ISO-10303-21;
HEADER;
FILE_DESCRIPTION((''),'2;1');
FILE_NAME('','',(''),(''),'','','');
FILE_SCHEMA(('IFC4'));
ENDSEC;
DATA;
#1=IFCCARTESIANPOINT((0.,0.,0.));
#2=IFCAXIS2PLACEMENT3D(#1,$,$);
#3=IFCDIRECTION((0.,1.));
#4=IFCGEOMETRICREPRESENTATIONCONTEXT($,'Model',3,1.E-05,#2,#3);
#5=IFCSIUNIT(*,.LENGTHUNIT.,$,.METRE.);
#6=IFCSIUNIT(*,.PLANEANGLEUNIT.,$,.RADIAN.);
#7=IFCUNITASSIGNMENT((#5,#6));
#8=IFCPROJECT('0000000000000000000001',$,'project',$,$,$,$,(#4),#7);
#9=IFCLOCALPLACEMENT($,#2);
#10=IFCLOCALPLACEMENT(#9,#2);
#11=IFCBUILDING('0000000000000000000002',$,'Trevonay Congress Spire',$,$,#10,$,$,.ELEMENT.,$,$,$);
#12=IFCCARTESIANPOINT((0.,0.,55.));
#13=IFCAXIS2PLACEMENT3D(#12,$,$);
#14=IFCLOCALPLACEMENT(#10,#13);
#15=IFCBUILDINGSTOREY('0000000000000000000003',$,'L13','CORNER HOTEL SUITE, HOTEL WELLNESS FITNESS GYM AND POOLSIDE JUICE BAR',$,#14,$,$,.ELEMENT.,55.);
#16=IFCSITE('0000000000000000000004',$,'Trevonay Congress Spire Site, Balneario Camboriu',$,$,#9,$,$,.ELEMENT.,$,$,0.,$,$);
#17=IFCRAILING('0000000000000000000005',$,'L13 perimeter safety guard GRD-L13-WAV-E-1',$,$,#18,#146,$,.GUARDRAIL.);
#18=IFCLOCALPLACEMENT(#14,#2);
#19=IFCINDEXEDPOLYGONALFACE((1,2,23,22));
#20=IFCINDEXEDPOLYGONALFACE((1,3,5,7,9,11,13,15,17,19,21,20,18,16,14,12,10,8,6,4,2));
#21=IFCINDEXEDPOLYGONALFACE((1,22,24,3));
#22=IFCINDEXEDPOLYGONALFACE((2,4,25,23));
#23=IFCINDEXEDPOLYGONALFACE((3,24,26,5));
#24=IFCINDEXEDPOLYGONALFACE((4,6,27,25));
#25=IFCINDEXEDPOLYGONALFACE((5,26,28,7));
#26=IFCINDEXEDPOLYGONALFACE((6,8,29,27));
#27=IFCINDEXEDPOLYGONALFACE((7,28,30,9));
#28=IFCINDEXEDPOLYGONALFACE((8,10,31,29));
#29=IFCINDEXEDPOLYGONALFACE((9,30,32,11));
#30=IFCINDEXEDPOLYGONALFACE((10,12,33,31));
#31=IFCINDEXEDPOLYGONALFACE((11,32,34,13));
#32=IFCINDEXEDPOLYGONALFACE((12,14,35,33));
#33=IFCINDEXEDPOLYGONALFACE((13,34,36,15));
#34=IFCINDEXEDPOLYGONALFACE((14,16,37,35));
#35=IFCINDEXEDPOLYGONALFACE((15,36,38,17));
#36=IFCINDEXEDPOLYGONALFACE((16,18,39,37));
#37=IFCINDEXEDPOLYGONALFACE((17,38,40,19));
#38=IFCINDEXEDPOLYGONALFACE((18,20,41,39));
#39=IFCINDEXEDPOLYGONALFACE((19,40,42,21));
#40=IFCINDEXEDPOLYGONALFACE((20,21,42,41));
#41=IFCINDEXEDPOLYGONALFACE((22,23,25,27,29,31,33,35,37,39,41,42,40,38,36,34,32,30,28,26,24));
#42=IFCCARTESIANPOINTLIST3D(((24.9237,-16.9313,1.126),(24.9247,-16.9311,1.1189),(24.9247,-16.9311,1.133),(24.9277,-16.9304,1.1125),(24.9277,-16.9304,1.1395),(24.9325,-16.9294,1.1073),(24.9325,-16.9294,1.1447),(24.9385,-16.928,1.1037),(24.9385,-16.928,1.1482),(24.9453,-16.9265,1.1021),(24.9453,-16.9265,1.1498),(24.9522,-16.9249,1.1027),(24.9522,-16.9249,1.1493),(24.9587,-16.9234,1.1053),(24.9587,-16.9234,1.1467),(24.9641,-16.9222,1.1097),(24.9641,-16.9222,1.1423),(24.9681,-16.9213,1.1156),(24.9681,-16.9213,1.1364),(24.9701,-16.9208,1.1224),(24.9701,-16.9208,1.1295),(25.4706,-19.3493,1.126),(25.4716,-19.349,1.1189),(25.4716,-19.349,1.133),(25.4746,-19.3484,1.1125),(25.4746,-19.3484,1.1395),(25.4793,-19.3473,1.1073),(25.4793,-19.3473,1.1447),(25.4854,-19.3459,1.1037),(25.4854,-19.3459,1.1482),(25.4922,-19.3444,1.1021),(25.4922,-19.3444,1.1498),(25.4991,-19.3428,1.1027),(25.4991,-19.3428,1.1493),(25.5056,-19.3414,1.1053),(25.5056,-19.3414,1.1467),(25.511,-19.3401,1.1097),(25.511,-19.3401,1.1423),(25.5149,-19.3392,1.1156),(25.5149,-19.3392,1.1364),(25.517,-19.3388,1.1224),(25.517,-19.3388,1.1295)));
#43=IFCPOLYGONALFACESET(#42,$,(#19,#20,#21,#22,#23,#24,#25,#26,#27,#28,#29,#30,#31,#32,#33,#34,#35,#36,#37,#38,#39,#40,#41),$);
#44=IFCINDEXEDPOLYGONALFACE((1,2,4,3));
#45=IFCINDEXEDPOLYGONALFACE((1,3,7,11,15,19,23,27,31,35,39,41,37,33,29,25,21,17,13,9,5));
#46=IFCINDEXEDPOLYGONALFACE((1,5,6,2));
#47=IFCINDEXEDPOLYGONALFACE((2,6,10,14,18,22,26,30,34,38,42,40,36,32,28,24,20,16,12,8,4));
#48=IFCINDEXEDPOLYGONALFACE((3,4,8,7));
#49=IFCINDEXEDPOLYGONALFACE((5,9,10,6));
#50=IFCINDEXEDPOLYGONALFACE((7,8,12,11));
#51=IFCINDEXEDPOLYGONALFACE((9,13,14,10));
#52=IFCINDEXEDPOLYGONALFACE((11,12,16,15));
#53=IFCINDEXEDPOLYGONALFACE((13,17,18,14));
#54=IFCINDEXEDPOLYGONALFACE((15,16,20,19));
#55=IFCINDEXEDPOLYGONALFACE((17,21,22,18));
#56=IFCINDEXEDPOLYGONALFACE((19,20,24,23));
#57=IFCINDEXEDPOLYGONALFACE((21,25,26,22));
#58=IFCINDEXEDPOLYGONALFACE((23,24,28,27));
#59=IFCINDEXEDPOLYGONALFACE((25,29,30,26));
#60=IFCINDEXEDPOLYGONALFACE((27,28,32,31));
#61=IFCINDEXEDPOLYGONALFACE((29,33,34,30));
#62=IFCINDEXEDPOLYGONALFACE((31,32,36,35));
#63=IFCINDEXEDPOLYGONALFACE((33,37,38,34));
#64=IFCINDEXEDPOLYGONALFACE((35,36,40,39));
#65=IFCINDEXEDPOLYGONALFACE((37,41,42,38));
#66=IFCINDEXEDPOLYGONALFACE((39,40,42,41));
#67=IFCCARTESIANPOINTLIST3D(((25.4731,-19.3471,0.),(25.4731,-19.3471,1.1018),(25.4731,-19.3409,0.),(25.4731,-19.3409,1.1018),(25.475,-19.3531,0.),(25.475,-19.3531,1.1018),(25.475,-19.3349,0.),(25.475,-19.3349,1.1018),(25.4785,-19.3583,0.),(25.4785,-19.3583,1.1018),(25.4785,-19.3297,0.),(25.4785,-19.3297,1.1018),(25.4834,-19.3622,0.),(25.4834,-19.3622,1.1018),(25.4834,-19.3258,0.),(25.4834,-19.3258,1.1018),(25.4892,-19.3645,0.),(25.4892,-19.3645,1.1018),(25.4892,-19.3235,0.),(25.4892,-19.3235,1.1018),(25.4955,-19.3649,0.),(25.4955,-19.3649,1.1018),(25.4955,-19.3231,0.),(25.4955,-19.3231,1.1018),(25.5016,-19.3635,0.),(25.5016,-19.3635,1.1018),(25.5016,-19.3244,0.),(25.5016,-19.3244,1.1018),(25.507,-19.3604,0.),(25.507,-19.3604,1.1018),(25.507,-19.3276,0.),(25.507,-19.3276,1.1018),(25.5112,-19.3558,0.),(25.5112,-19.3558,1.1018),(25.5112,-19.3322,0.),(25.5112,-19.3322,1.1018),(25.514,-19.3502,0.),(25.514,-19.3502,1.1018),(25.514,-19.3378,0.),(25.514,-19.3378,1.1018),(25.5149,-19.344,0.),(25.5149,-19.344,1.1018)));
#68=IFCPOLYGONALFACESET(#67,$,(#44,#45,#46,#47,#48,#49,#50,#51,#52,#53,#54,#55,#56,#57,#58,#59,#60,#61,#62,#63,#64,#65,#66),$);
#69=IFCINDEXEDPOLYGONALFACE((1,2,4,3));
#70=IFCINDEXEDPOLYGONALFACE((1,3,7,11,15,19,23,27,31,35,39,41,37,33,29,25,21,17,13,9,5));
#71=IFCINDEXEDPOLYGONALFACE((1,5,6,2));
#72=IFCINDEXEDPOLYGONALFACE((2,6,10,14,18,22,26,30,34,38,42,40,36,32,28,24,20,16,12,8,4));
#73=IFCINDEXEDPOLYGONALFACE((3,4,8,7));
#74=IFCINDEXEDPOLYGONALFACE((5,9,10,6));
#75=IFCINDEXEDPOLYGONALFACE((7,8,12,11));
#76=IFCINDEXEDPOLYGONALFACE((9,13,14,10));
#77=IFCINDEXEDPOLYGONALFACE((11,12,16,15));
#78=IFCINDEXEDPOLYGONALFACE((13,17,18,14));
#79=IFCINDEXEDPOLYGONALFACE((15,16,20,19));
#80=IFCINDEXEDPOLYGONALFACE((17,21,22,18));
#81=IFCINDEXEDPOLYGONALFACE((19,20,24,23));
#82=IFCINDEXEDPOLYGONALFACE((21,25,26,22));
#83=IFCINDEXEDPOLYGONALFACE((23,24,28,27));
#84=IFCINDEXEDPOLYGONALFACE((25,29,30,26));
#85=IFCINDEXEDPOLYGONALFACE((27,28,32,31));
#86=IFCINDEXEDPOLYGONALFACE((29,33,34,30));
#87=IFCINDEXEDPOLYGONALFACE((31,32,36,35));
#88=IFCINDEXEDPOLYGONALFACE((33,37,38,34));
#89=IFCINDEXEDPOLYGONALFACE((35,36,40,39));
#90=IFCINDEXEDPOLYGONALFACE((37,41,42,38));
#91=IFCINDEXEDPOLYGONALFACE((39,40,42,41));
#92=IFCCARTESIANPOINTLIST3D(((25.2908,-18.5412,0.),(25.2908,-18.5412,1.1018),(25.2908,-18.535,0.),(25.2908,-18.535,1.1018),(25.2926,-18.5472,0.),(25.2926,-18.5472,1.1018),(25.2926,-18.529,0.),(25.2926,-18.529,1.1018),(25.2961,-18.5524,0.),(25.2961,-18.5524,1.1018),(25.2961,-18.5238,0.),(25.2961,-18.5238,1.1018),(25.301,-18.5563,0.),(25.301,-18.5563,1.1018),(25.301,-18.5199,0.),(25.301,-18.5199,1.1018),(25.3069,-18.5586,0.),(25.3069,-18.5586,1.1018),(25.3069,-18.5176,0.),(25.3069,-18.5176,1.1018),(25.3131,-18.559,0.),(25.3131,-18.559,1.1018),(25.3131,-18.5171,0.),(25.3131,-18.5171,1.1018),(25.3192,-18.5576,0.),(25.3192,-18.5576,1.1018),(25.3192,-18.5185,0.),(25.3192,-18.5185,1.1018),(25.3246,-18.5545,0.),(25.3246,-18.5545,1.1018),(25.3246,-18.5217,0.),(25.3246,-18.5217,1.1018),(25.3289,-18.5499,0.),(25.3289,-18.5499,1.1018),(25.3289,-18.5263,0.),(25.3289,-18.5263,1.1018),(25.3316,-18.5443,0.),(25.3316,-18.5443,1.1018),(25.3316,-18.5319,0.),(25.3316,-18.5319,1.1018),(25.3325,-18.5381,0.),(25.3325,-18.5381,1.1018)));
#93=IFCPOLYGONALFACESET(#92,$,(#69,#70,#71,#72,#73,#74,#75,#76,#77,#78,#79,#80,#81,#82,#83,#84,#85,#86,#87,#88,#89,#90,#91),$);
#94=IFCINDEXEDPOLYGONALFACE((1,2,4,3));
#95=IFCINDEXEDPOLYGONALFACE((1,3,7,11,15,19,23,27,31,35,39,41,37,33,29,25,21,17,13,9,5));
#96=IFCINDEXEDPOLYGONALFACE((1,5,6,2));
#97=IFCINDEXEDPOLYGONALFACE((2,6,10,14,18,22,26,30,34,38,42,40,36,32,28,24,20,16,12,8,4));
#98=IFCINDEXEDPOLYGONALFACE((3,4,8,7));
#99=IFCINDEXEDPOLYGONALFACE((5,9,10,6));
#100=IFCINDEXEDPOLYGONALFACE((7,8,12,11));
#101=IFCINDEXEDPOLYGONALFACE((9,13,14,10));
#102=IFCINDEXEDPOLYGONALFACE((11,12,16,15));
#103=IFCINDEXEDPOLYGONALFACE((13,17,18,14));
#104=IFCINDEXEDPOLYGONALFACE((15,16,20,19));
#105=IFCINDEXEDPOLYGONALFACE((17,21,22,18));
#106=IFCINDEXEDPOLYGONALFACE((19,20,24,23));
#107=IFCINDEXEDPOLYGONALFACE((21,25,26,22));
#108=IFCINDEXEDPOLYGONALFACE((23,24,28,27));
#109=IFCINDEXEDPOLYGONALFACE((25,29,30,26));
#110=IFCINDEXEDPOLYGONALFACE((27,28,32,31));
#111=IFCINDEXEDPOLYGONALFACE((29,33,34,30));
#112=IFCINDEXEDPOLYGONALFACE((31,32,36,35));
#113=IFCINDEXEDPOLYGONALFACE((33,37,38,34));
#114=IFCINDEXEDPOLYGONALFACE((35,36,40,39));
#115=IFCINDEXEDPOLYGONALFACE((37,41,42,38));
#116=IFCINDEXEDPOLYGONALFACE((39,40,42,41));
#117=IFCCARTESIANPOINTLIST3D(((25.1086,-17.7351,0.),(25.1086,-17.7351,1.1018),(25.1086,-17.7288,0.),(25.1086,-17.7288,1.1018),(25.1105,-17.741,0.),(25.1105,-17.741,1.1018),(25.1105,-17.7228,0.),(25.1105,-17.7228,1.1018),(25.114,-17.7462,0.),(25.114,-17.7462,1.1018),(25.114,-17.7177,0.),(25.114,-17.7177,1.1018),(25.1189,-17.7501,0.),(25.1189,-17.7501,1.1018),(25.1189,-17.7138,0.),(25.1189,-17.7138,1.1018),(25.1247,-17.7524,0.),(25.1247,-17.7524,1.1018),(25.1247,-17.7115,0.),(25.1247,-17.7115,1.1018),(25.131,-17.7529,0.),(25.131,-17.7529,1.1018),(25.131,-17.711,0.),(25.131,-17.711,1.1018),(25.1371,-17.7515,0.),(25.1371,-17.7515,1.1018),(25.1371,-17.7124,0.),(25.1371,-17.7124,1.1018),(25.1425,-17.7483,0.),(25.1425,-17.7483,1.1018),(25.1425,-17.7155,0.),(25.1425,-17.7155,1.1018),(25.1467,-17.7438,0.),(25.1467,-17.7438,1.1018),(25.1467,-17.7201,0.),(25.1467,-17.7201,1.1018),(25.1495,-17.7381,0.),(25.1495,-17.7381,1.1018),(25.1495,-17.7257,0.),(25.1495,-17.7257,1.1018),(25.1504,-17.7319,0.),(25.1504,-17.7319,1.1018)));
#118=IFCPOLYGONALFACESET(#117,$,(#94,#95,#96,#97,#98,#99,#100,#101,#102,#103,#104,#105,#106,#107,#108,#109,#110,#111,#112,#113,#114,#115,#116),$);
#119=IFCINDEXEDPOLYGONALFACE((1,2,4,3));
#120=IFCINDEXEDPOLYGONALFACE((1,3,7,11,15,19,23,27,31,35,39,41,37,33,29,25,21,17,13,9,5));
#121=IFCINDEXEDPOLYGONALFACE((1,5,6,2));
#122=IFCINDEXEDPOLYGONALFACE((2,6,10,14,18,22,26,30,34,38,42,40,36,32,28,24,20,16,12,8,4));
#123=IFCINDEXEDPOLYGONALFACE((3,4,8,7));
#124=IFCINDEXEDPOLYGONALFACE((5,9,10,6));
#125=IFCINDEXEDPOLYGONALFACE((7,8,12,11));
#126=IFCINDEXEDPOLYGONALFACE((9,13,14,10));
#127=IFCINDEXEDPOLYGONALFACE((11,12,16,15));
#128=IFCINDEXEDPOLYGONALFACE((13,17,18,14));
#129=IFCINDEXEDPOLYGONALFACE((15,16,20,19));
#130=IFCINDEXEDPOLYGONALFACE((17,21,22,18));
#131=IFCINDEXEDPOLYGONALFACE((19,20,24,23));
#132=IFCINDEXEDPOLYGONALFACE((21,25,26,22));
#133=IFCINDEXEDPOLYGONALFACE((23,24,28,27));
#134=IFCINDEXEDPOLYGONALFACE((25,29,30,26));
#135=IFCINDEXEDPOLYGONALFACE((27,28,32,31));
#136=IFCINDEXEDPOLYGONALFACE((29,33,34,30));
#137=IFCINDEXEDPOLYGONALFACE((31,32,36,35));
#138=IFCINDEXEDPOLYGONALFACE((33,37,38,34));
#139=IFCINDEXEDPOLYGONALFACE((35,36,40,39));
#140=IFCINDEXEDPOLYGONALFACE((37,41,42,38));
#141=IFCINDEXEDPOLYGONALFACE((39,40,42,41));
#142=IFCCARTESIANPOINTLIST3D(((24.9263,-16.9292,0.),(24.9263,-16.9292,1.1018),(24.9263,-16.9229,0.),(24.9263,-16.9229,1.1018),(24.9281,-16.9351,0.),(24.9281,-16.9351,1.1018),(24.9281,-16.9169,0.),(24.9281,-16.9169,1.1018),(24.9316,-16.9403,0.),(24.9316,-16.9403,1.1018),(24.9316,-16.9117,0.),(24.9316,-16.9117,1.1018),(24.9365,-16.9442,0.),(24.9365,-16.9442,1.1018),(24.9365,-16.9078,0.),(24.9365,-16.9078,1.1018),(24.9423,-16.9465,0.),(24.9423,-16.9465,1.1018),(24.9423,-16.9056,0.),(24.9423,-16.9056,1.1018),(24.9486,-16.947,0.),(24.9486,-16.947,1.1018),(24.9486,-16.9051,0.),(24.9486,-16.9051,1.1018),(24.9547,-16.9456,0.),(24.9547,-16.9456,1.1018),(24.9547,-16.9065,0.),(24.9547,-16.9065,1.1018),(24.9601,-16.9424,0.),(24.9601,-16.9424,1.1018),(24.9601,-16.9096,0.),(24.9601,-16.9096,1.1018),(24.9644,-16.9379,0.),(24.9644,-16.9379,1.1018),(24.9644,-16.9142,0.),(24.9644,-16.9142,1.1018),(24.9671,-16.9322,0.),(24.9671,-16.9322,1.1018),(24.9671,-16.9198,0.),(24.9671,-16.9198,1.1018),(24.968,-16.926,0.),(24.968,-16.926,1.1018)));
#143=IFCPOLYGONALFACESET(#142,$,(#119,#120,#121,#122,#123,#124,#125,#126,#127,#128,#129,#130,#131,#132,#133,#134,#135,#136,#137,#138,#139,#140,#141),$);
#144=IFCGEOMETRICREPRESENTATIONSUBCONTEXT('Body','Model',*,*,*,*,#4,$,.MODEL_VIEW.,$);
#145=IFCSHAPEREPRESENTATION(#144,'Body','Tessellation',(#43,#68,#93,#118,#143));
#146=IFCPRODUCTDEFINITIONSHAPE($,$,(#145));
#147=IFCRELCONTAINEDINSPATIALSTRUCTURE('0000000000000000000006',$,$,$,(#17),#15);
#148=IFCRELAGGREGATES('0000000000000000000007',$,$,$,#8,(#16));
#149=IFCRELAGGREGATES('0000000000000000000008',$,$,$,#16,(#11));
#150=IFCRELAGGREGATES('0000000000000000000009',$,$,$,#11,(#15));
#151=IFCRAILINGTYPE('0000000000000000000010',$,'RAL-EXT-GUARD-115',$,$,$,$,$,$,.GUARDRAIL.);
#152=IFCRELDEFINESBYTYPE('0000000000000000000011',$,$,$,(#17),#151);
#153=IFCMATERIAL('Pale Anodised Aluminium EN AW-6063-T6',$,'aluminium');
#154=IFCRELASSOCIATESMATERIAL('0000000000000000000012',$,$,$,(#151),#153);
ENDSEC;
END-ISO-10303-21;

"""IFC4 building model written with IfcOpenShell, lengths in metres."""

from ifc_helpers import new_model, si_unit, direction, frame, origin, origin_2d, place, context, subcontext, project, spatial, circle, extrude, material, type_object, element, save


model = new_model("IFC4")

# Units and contexts
model_context = context("Model", 3, precision=1e-05, world=origin(), true_north=direction((0.0, 1.0)))
body_context = subcontext(model_context, "Body", "Model", "MODEL_VIEW")
ifc_project = project(units=[si_unit("LENGTHUNIT", "METRE"), si_unit("PLANEANGLEUNIT", "RADIAN")], contexts=[model_context])

# Site, building, storey
site_placement = place(None, origin())
site = spatial("IfcSite", under=ifc_project, at=site_placement, Name="Trevonay Congress Spire Site, Balneario Camboriu", CompositionType="ELEMENT", RefElevation=0.0)
building_placement = place(site_placement, origin())
building = spatial("IfcBuilding", under=site, at=building_placement, Name="Trevonay Congress Spire", CompositionType="ELEMENT")
storey_placement = place(building_placement, frame((0.0, 0.0, 55.0)))
storey = spatial("IfcBuildingStorey", under=building, at=storey_placement, Name="L13", Description="CORNER HOTEL SUITE, HOTEL WELLNESS FITNESS GYM AND POOLSIDE JUICE BAR", CompositionType="ELEMENT", Elevation=55.0)

# Shared definitions
ifc_material_1 = material(Name="Pale Anodised Aluminium EN AW-6063-T6", Category="aluminium")

# Railing
railing_type = type_object("IfcRailingType", Name="RAL-EXT-GUARD-115", PredefinedType="GUARDRAIL", material=ifc_material_1)
railing_1_placement = place(storey_placement, frame((25.4939, -19.344, 0.0)))
element("IfcRailing", 1, at=railing_1_placement, inside=storey, type_object=railing_type, Name="L13 perimeter safety guard GRD-L13-WAV-E-1", PredefinedType="GUARDRAIL", context=body_context, shape_type="SweptSolid", body=[
    extrude(circle(Radius=0.0239, at=origin_2d()), frame((0.0, 0.0, 1.126), z_axis=(-0.220599, 0.975364, 0.0), x_axis=(-0.975364, -0.220599, 0.0)), (0.0, 0.0, 1.0), 2.479),
    extrude(circle(Radius=0.021, at=origin_2d()), origin(), (0.0, 0.0, 1.0), 1.1018),
    extrude(circle(Radius=0.021, at=origin_2d()), frame((-0.1824, 0.8059, 0.0)), (0.0, 0.0, 1.0), 1.1018),
    extrude(circle(Radius=0.021, at=origin_2d()), frame((-0.3645, 1.6121, 0.0)), (0.0, 0.0, 1.0), 1.1018),
    extrude(circle(Radius=0.021, at=origin_2d()), frame((-0.5469, 2.418, 0.0)), (0.0, 0.0, 1.0), 1.1018),
])

save(model, "model.ifc")
